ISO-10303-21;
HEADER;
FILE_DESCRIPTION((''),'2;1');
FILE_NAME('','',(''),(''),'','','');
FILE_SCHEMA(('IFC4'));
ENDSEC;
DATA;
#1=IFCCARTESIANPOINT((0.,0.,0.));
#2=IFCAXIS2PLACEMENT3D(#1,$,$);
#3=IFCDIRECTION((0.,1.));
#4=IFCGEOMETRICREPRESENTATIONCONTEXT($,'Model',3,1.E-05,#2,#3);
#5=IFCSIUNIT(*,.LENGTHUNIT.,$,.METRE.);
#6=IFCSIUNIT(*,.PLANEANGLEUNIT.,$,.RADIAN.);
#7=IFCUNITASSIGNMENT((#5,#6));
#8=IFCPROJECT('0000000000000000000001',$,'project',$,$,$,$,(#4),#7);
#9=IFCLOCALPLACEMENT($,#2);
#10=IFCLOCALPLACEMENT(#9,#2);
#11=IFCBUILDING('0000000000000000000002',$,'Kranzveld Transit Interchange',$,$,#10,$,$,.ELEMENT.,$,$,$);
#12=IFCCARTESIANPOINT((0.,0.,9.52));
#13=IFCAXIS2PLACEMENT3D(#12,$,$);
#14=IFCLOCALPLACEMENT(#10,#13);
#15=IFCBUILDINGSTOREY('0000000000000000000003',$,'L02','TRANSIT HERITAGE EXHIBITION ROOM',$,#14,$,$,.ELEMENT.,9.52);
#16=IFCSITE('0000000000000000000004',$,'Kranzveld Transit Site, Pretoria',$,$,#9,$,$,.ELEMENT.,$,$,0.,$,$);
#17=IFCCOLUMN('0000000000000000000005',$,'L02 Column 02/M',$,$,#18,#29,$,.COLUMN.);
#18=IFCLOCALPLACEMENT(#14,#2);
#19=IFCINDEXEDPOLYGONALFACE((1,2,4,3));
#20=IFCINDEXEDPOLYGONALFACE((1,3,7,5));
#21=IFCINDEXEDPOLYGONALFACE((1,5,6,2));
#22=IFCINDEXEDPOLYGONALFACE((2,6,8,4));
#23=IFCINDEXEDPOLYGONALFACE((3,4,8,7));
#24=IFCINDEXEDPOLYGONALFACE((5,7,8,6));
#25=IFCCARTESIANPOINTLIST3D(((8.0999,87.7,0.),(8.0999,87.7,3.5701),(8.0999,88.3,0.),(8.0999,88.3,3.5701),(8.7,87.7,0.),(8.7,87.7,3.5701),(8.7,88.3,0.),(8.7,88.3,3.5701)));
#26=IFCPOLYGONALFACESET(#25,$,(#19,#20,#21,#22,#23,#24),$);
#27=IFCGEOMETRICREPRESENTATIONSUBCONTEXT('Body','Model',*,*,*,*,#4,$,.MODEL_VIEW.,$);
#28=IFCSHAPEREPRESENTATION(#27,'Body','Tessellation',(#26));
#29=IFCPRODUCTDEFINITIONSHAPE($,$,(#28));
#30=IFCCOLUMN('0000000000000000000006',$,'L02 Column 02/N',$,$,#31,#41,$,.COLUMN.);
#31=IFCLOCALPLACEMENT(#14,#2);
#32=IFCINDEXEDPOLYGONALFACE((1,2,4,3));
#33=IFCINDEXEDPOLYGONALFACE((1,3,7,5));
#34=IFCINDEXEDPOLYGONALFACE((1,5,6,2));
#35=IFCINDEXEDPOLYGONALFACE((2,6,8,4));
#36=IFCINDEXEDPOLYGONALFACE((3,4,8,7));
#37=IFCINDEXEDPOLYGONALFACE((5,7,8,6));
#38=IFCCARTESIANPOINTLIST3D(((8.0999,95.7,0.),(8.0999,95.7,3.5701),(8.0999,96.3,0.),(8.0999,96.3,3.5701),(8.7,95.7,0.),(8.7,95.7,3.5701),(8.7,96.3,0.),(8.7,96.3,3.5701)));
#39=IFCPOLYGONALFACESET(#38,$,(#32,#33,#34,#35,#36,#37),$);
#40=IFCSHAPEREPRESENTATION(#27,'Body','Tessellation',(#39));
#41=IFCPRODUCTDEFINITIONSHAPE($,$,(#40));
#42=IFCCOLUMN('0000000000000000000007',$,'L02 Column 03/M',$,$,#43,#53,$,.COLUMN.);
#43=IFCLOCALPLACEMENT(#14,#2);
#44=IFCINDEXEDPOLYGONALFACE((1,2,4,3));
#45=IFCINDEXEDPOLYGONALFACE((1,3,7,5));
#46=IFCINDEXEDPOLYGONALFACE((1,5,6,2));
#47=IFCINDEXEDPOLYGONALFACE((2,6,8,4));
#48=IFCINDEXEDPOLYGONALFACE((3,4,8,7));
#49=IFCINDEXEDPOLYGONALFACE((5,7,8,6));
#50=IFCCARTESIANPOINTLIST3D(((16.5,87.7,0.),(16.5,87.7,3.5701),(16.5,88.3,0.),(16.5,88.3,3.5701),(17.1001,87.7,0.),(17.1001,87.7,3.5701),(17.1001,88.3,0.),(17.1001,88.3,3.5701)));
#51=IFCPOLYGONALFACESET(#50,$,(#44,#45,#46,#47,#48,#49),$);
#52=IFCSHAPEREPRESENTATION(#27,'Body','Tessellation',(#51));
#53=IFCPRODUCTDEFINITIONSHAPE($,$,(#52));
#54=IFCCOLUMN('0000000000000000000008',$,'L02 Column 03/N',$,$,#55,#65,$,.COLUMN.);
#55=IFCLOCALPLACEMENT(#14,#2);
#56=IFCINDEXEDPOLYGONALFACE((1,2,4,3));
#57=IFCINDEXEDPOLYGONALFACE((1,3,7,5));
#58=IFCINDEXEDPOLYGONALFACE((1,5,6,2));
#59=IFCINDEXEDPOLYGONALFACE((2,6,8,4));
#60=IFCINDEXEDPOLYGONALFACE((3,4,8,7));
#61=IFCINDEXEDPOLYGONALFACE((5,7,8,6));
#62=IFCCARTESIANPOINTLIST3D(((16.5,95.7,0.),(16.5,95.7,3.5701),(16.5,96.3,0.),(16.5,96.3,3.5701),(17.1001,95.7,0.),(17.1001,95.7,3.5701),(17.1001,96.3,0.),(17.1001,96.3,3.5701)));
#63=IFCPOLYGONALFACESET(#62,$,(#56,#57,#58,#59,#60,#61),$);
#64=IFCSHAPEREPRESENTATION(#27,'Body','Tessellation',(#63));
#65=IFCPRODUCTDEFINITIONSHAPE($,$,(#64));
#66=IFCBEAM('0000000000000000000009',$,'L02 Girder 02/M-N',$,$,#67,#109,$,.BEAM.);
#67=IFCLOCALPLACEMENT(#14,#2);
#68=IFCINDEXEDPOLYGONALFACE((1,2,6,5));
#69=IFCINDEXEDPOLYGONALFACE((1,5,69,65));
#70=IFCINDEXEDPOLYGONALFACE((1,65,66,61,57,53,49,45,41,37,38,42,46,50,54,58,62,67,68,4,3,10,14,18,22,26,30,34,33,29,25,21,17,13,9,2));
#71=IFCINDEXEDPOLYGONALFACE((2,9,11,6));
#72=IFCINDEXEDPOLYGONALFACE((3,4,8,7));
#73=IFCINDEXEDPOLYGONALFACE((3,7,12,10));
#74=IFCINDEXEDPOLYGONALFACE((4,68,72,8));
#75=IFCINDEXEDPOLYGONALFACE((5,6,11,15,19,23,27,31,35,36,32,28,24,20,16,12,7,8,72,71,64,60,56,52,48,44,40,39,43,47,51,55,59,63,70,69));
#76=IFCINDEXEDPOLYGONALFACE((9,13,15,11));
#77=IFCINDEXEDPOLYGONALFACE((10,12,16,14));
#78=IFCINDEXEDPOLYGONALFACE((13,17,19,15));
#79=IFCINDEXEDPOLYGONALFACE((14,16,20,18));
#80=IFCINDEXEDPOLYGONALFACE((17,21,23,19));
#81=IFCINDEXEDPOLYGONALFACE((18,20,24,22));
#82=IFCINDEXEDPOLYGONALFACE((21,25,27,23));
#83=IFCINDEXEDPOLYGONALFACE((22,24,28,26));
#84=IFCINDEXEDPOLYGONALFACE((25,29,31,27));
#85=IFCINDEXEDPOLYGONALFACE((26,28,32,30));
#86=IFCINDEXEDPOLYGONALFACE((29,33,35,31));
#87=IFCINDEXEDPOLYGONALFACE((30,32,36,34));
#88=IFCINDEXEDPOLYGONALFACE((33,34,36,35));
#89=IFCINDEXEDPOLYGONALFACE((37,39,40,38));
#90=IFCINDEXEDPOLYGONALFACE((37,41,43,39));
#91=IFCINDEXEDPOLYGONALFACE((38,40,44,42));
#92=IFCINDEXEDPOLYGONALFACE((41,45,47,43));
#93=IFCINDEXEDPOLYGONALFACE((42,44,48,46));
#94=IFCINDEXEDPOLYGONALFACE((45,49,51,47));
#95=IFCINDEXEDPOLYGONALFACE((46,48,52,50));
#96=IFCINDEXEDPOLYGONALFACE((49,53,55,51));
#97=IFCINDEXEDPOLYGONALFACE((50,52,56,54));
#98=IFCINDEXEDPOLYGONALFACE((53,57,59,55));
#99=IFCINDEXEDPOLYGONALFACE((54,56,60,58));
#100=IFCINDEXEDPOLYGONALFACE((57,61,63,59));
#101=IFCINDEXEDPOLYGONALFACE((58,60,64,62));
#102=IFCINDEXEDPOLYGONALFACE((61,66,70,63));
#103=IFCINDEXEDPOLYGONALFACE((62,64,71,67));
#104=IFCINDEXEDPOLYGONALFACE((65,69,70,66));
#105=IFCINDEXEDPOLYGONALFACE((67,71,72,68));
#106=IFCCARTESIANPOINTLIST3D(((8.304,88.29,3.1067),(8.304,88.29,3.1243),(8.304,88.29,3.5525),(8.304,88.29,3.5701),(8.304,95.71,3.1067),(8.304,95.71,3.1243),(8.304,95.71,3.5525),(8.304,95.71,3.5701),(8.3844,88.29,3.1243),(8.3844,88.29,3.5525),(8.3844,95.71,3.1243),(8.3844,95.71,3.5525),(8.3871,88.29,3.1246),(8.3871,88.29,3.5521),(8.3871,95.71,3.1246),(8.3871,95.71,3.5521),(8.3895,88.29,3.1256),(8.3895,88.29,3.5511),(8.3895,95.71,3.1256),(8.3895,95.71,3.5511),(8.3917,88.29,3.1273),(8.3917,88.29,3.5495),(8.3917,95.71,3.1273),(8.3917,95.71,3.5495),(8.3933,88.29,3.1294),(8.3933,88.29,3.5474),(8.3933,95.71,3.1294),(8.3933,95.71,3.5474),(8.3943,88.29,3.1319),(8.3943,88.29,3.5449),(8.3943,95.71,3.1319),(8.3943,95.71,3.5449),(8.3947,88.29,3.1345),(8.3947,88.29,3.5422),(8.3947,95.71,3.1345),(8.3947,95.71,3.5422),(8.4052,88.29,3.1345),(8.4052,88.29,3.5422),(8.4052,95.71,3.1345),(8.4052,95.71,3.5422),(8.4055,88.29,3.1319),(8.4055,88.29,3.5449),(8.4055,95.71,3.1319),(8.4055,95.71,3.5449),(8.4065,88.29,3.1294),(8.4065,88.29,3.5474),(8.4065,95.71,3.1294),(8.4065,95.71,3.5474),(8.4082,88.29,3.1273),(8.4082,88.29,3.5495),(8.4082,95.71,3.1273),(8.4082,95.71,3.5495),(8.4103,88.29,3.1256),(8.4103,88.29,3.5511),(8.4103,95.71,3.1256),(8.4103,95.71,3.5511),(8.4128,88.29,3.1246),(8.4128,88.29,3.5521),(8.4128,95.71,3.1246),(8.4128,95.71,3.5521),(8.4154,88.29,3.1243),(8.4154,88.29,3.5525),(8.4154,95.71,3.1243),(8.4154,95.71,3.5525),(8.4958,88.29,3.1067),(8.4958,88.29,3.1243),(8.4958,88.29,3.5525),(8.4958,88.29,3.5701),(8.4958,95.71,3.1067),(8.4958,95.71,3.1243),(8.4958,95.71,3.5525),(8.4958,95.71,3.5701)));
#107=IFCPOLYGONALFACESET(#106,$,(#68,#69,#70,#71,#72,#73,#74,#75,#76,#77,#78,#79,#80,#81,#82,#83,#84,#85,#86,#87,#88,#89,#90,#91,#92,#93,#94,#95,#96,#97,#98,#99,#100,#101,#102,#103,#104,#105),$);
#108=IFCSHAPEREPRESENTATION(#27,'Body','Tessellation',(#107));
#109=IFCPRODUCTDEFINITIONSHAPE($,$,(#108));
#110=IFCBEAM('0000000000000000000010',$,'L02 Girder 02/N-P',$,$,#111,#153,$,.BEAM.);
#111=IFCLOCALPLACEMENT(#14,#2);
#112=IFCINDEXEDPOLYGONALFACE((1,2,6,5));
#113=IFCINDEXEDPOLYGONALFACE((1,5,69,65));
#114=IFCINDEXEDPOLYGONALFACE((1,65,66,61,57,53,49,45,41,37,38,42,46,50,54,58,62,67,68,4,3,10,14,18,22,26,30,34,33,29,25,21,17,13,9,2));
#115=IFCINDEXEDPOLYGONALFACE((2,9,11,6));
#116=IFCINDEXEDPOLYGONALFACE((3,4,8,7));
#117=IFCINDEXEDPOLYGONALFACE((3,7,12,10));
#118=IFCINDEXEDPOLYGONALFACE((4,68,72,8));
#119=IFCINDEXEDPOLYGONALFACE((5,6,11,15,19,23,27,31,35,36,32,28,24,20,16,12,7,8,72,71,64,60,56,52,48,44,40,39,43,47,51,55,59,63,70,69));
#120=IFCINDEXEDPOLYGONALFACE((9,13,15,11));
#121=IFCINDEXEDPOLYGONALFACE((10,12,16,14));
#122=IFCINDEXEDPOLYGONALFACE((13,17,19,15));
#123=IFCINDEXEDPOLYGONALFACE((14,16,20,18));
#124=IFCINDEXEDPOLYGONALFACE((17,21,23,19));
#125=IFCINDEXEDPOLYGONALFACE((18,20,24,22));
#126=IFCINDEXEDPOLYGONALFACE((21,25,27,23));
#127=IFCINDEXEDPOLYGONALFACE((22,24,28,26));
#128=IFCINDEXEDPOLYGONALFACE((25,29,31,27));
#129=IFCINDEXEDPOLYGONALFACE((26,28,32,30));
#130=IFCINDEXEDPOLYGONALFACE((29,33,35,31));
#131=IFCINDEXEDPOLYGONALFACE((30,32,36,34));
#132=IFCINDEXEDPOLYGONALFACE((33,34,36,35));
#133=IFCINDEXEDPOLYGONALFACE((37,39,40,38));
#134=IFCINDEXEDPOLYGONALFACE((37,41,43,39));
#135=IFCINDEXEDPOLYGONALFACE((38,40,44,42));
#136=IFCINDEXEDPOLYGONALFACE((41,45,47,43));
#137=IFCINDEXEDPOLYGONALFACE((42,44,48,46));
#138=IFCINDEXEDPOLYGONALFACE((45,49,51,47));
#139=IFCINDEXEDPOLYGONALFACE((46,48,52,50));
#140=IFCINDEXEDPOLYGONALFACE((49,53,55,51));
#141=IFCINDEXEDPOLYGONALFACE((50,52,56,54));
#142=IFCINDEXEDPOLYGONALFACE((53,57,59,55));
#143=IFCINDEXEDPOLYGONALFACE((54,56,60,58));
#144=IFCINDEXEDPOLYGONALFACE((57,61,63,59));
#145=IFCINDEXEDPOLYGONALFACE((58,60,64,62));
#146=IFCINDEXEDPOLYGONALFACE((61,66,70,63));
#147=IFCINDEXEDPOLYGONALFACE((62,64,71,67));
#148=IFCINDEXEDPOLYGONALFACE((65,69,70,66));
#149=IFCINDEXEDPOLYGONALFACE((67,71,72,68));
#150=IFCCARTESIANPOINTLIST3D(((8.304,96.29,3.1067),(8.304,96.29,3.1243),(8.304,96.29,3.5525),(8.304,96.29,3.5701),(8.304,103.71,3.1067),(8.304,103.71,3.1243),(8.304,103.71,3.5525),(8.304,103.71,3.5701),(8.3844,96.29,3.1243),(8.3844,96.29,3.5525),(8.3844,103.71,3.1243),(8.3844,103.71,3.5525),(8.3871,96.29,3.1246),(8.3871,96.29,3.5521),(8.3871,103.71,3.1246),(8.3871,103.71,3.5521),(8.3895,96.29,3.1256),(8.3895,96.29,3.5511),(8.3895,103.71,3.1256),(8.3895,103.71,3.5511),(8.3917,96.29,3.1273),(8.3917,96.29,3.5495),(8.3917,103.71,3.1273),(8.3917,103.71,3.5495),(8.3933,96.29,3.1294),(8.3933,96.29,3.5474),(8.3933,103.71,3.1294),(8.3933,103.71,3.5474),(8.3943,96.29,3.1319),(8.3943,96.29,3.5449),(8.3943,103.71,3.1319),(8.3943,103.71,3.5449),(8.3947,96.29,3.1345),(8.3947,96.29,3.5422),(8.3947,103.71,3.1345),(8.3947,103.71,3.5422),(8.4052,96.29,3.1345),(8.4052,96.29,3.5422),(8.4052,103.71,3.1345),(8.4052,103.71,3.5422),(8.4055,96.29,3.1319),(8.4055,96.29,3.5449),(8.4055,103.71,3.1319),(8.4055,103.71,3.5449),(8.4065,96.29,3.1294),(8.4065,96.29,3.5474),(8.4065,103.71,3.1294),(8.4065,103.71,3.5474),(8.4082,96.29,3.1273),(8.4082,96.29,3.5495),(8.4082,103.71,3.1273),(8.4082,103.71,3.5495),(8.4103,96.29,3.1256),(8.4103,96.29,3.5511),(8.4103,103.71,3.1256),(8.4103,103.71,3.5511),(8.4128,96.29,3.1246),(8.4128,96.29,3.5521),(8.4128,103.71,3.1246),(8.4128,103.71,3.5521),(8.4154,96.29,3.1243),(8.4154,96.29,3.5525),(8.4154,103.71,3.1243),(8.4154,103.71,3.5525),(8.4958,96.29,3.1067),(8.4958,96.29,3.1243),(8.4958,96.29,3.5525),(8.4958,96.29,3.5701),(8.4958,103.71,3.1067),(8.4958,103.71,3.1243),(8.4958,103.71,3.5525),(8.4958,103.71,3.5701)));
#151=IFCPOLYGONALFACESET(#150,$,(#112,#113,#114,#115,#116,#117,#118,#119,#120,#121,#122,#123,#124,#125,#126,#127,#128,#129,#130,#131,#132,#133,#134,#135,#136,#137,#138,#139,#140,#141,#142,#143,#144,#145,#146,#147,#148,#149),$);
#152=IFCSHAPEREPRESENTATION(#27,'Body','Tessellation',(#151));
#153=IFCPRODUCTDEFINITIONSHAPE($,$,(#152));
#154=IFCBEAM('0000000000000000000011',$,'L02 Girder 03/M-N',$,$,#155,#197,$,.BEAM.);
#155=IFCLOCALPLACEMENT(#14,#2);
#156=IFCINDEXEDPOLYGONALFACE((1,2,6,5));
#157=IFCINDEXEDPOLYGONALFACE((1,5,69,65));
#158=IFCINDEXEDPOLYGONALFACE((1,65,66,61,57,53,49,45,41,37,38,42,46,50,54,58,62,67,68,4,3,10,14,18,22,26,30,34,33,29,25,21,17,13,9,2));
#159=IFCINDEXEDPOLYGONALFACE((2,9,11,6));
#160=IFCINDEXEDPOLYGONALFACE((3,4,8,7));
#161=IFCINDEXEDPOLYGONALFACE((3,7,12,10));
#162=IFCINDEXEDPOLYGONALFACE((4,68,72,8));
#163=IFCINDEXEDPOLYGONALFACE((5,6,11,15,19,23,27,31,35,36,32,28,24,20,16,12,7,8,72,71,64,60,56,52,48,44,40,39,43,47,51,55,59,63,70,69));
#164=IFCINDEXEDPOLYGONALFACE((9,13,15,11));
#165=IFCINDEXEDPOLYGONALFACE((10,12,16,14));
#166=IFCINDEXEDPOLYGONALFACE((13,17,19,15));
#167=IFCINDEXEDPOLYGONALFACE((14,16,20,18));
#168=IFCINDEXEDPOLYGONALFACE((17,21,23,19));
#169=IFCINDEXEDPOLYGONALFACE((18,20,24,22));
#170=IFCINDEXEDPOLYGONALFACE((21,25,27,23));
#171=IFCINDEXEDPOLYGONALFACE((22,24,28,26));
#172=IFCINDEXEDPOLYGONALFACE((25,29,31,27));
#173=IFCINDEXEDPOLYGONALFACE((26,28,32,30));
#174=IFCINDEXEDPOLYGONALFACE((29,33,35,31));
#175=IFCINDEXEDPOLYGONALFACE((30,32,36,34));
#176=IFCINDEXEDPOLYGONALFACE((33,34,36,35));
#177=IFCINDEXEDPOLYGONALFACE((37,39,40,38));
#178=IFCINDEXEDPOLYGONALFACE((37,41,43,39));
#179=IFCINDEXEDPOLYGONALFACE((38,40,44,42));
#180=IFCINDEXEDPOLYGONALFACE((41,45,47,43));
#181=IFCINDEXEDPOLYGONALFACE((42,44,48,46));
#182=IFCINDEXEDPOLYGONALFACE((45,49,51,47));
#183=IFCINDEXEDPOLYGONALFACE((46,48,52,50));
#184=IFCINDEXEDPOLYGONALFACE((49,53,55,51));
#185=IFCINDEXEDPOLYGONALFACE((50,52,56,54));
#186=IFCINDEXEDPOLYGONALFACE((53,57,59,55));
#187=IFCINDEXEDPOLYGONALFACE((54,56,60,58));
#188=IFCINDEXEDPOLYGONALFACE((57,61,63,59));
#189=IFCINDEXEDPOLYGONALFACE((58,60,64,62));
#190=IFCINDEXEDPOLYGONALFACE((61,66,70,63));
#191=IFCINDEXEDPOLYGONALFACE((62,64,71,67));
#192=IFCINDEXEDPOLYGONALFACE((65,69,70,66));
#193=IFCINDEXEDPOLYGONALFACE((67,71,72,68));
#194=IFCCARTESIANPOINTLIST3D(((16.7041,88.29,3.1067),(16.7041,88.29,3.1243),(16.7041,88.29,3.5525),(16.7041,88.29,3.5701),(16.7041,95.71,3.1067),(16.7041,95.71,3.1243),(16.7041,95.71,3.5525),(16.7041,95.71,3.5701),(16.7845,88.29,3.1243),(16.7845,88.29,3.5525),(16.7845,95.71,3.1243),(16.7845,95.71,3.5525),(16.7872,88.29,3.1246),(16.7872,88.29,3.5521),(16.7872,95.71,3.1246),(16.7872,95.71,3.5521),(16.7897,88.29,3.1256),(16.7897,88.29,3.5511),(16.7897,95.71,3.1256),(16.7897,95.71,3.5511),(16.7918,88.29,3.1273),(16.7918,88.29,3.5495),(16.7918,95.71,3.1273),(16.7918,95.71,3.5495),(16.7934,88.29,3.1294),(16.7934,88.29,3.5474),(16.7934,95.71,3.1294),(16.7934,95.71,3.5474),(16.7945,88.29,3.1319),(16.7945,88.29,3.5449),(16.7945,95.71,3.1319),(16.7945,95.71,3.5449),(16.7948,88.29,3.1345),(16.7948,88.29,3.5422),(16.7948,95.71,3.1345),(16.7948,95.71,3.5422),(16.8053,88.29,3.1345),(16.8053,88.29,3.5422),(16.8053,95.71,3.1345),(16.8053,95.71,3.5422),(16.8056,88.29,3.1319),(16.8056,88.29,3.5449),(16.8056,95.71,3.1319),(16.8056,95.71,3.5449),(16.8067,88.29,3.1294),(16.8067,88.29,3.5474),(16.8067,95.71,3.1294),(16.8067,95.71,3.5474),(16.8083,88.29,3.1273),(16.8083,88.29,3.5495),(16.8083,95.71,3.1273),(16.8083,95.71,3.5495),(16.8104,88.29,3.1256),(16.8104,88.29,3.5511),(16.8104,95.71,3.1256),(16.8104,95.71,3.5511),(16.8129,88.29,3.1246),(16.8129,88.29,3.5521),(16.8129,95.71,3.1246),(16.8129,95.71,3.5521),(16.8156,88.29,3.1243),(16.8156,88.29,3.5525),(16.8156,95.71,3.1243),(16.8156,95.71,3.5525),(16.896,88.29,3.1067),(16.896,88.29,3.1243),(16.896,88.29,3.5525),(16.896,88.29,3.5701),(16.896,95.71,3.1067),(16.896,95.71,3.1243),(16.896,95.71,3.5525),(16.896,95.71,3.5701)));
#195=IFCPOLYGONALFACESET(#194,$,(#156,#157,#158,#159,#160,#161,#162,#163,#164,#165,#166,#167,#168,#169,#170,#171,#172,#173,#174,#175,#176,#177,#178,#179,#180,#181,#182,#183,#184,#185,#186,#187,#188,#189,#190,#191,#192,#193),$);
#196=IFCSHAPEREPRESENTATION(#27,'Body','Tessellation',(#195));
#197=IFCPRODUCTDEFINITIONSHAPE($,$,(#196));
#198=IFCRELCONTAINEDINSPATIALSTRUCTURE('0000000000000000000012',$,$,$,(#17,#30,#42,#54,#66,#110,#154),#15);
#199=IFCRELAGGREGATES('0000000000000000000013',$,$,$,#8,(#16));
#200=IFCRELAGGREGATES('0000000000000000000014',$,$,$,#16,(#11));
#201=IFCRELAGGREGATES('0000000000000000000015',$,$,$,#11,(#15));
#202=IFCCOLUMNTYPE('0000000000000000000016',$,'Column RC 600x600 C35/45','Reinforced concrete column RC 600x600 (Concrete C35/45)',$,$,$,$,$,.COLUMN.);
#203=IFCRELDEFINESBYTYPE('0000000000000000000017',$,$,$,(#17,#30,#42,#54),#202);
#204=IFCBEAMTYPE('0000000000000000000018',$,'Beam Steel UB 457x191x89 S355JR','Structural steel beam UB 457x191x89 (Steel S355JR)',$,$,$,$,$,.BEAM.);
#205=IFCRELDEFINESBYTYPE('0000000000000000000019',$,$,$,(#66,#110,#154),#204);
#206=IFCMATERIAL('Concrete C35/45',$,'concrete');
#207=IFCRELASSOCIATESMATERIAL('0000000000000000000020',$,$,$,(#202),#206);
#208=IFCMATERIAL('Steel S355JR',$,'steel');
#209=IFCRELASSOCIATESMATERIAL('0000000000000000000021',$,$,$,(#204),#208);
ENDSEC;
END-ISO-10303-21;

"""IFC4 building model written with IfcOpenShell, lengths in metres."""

from ifc_helpers import new_model, si_unit, direction, frame, origin, origin_2d, place, context, subcontext, project, spatial, rectangle, i_section, extrude, material, material_profile, profile_set, type_object, element, save


model = new_model("IFC4")

# Units and contexts
model_context = context("Model", 3, precision=1e-05, world=origin(), true_north=direction((0.0, 1.0)))
body_context = subcontext(model_context, "Body", "Model", "MODEL_VIEW")
ifc_project = project(units=[si_unit("LENGTHUNIT", "METRE"), si_unit("PLANEANGLEUNIT", "RADIAN")], contexts=[model_context])

# Site, building, storey
site_placement = place(None, origin())
site = spatial("IfcSite", under=ifc_project, at=site_placement, Name="Kranzveld Transit Site, Pretoria", CompositionType="ELEMENT", RefElevation=0.0)
building_placement = place(site_placement, origin())
building = spatial("IfcBuilding", under=site, at=building_placement, Name="Kranzveld Transit Interchange", CompositionType="ELEMENT")
storey_placement = place(building_placement, frame((0.0, 0.0, 9.52)))
storey = spatial("IfcBuildingStorey", under=building, at=storey_placement, Name="L02", Description="TRANSIT HERITAGE EXHIBITION ROOM", CompositionType="ELEMENT", Elevation=9.52)

# Columns
ifc_material_1 = material(Name="Concrete C35/45", Category="concrete")
ifc_material_profile_1 = material_profile(ifc_material_1, rectangle(XDim=0.6001, YDim=0.6001, at=origin_2d()), Name="RC 600x600")
ifc_profile_set_1 = profile_set([ifc_material_profile_1], Name="Concrete C35/45")
column_type = type_object("IfcColumnType", Name="Column RC 600x600 C35/45", Description="Reinforced concrete column RC 600x600 (Concrete C35/45)", PredefinedType="COLUMN", material=ifc_profile_set_1)
for number, where, z_axis, x_axis, name in (
    (1, (8.3999, 88.0, 0.0), (0.0, 0.0, 1.0), (1.0, 0.0, 0.0), "L02 Column 02/M"),
    (2, (8.3999, 96.0, 0.0), (0.0, 0.0, 1.0), (1.0, 0.0, 0.0), "L02 Column 02/N"),
    (3, (16.8, 88.0, 0.0), (0.0, 0.0, 1.0), (1.0, 0.0, 0.0), "L02 Column 03/M"),
    (4, (16.8, 96.0, 0.0), (0.0, 0.0, 1.0), (1.0, 0.0, 0.0), "L02 Column 03/N"),
):
    element("IfcColumn", number, at=place(storey_placement, frame(where, z_axis=z_axis, x_axis=x_axis)), inside=storey, type_object=column_type, Name=name, PredefinedType="COLUMN", context=body_context, shape_type="SweptSolid", body=[
        extrude(rectangle(XDim=0.6001, YDim=0.6001, at=origin_2d()), origin(), (0.0, 0.0, 1.0), 3.5701),
    ])

# Beams
ifc_material_2 = material(Name="Steel S355JR", Category="steel")
ifc_material_profile_2 = material_profile(ifc_material_2, i_section(OverallWidth=0.1919, OverallDepth=0.4634, WebThickness=0.0105, FlangeThickness=0.0176, FilletRadius=0.0103, at=origin_2d()), Name="UB 457x191x89")
ifc_profile_set_2 = profile_set([ifc_material_profile_2], Name="Steel S355JR")
beam_type_1 = type_object("IfcBeamType", Name="Beam Steel UB 457x191x89 S355JR", Description="Structural steel beam UB 457x191x89 (Steel S355JR)", PredefinedType="BEAM", material=ifc_profile_set_2)
for number, where, z_axis, x_axis, name in (
    (5, (8.3999, 88.29, 3.3384), (0.0, 1.0, 0.0), (-1.0, 0.0, 0.0), "L02 Girder 02/M-N"),
    (6, (8.3999, 96.29, 3.3384), (0.0, 1.0, 0.0), (-1.0, 0.0, 0.0), "L02 Girder 02/N-P"),
    (7, (16.8, 88.29, 3.3384), (0.0, 1.0, 0.0), (-1.0, 0.0, 0.0), "L02 Girder 03/M-N"),
):
    element("IfcBeam", number, at=place(storey_placement, frame(where, z_axis=z_axis, x_axis=x_axis)), inside=storey, type_object=beam_type_1, Name=name, PredefinedType="BEAM", context=body_context, shape_type="SweptSolid", body=[
        extrude(i_section(OverallWidth=0.1919, OverallDepth=0.4634, WebThickness=0.0105, FlangeThickness=0.0176, FilletRadius=0.0103, at=origin_2d()), origin(), (0.0, 0.0, 1.0), 7.4199),
    ])

save(model, "model.ifc")
